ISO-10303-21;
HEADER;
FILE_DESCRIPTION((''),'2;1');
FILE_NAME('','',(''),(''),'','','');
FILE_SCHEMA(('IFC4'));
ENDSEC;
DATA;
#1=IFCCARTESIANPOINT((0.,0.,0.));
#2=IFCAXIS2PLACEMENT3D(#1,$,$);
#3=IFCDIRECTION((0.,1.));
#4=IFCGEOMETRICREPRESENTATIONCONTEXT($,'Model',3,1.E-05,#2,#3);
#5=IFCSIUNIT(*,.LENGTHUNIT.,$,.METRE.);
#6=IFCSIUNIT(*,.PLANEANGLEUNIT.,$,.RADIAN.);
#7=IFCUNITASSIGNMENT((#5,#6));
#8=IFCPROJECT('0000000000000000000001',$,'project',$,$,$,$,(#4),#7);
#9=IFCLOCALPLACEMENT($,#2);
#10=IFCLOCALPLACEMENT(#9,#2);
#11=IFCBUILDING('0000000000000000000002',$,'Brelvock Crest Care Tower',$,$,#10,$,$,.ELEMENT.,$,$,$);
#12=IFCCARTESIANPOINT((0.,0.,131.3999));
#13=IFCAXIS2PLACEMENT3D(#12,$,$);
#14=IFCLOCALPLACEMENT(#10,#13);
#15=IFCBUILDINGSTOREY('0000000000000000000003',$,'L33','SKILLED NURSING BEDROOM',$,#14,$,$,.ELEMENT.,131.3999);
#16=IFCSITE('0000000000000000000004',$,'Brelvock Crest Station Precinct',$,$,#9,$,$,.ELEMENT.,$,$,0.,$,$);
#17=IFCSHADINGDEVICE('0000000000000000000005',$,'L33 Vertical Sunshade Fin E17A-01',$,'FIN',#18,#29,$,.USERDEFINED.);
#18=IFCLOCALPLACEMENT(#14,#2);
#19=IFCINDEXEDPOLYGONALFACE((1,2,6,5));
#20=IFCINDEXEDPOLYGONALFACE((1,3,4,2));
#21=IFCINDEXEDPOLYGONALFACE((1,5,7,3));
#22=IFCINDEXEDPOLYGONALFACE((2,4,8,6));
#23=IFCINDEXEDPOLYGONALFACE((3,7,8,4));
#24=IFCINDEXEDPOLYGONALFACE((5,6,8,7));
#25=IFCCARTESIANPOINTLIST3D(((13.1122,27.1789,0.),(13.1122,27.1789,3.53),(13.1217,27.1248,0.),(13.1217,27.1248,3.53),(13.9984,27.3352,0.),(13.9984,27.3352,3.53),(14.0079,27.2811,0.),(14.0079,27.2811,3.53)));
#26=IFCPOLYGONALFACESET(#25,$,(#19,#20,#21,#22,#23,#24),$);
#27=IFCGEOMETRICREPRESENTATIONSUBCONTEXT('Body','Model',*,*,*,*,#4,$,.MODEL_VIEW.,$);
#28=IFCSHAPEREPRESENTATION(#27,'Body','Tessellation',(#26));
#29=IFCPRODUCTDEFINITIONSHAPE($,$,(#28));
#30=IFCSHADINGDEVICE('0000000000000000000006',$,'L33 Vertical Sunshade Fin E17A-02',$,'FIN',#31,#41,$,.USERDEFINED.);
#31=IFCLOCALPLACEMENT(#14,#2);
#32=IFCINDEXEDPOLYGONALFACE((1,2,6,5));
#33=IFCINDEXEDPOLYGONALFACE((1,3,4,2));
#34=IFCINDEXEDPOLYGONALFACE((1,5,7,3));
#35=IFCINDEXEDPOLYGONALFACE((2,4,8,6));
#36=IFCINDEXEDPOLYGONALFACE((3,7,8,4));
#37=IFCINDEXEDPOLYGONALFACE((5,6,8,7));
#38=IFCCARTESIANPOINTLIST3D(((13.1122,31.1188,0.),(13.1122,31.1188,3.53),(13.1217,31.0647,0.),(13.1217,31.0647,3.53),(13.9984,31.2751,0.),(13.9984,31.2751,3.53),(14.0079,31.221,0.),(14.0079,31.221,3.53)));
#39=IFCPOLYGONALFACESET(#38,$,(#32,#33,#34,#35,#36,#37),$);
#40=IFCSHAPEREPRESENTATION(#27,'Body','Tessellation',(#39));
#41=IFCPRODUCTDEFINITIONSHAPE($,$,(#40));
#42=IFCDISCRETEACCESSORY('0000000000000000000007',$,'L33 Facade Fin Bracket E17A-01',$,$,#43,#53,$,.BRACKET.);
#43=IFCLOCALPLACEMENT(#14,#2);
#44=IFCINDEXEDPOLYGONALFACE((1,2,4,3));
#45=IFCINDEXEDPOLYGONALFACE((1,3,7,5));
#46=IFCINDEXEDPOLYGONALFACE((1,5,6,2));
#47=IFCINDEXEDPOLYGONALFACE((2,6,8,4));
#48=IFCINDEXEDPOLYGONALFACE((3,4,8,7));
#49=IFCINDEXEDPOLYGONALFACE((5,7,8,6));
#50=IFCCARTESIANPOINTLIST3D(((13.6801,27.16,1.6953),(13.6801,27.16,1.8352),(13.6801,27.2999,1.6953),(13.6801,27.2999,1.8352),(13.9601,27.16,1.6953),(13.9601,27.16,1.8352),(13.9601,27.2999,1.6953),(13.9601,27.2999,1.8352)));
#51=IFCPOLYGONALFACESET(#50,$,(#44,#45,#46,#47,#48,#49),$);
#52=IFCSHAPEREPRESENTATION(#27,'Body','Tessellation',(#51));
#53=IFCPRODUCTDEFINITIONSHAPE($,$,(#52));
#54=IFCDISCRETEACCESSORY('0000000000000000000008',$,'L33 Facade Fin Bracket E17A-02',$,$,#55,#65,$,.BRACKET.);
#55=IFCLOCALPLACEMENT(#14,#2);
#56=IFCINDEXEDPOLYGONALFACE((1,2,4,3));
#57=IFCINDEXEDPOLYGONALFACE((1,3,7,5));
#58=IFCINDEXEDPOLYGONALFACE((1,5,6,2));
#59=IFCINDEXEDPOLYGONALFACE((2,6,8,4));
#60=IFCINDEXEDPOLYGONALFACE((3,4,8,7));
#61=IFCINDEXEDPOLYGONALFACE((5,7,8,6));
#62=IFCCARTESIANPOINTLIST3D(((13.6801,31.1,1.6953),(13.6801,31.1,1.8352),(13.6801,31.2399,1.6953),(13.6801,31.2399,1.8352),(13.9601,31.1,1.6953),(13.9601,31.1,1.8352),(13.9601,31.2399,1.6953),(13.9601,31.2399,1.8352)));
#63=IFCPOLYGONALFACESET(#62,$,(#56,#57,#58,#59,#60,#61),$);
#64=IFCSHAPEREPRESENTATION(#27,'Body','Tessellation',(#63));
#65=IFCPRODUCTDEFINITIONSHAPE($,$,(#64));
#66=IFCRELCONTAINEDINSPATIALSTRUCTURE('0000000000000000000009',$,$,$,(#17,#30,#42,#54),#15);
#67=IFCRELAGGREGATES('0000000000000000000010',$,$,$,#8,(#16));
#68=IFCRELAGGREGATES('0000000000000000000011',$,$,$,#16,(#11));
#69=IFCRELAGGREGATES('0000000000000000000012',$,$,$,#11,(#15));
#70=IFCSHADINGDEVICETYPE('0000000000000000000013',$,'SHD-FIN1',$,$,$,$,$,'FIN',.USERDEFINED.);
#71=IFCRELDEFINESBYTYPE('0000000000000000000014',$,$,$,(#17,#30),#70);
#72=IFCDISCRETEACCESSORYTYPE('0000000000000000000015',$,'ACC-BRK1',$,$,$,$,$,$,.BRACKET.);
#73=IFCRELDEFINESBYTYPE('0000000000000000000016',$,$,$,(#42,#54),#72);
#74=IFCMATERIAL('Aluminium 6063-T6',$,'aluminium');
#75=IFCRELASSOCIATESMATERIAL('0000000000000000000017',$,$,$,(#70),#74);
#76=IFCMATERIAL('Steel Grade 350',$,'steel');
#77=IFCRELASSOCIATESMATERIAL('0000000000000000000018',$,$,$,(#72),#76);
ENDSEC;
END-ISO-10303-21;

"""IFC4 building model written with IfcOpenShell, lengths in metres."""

from ifc_helpers import new_model, si_unit, direction, frame, origin, origin_2d, place, context, subcontext, project, spatial, rectangle, extrude, source, transform, mapped, material, material_profile, profile_set, type_object, element, save


model = new_model("IFC4")

# Units and contexts
model_context = context("Model", 3, precision=1e-05, world=origin(), true_north=direction((0.0, 1.0)))
body_context = subcontext(model_context, "Body", "Model", "MODEL_VIEW")
ifc_project = project(units=[si_unit("LENGTHUNIT", "METRE"), si_unit("PLANEANGLEUNIT", "RADIAN")], contexts=[model_context])

# Site, building, storey
site_placement = place(None, origin())
site = spatial("IfcSite", under=ifc_project, at=site_placement, Name="Brelvock Crest Station Precinct", CompositionType="ELEMENT", RefElevation=0.0)
building_placement = place(site_placement, origin())
building = spatial("IfcBuilding", under=site, at=building_placement, Name="Brelvock Crest Care Tower", CompositionType="ELEMENT")
storey_placement = place(building_placement, frame((0.0, 0.0, 131.3999)))
storey = spatial("IfcBuildingStorey", under=building, at=storey_placement, Name="L33", Description="SKILLED NURSING BEDROOM", CompositionType="ELEMENT", Elevation=131.3999)

# Shared definitions
ifc_material_1 = material(Name="Steel Grade 350", Category="steel")

# Shared definitions
ifc_material_2 = material(Name="Aluminium 6063-T6", Category="aluminium")

# Shading devices
ifc_material_profile_1 = material_profile(ifc_material_2, rectangle(XDim=0.0549, YDim=0.8999, at=origin_2d()), Name="FIN55x900")
ifc_profile_set_1 = profile_set([ifc_material_profile_1], Name="Aluminium 6063-T6")
shading_device_type = type_object("IfcShadingDeviceType", Name="SHD-FIN1", ElementType="FIN", PredefinedType="USERDEFINED", material=ifc_profile_set_1)
shared_shape_1 = source(origin(), body_context, "Body", "SweptSolid", [
    extrude(rectangle(XDim=0.0549, YDim=0.8999, at=origin_2d()), origin(), (0.0, 0.0, 1.0), 3.53),
])
for number, where, z_axis, x_axis, name in (
    (1, (13.5601, 27.23, 0.0), (0.0, 0.0, 1.0), (-0.173648, 0.984808, 0.0), "L33 Vertical Sunshade Fin E17A-01"),
    (2, (13.5601, 31.1699, 0.0), (0.0, 0.0, 1.0), (-0.173648, 0.984808, 0.0), "L33 Vertical Sunshade Fin E17A-02"),
):
    element("IfcShadingDevice", number, at=place(storey_placement, frame(where, z_axis=z_axis, x_axis=x_axis)), inside=storey, type_object=shading_device_type, Name=name, ObjectType="FIN", PredefinedType="USERDEFINED", context=body_context, shape_type="MappedRepresentation", body=[
        mapped(shared_shape_1, transform((0.0, 0.0, 0.0), x_axis=(1.0, 0.0, 0.0), y_axis=(0.0, 1.0, 0.0), z_axis=(0.0, 0.0, 1.0), scale=1.0)),
    ])

# Discrete accessories
discrete_accessory_type = type_object("IfcDiscreteAccessoryType", Name="ACC-BRK1", PredefinedType="BRACKET", material=ifc_material_1)
shared_shape_2 = source(origin(), body_context, "Body", "SweptSolid", [
    extrude(rectangle(XDim=0.28, YDim=0.1399, at=origin_2d()), origin(), (0.0, 0.0, 1.0), 0.1399),
])
for number, where, z_axis, x_axis, name in (
    (3, (13.8201, 27.23, 1.6953), (0.0, 0.0, 1.0), (-1.0, 0.0, 0.0), "L33 Facade Fin Bracket E17A-01"),
    (4, (13.8201, 31.1699, 1.6953), (0.0, 0.0, 1.0), (-1.0, 0.0, 0.0), "L33 Facade Fin Bracket E17A-02"),
):
    element("IfcDiscreteAccessory", number, at=place(storey_placement, frame(where, z_axis=z_axis, x_axis=x_axis)), inside=storey, type_object=discrete_accessory_type, Name=name, PredefinedType="BRACKET", context=body_context, shape_type="MappedRepresentation", body=[
        mapped(shared_shape_2, transform((0.0, 0.0, 0.0), x_axis=(1.0, 0.0, 0.0), y_axis=(0.0, 1.0, 0.0), z_axis=(0.0, 0.0, 1.0), scale=1.0)),
    ])

save(model, "model.ifc")
